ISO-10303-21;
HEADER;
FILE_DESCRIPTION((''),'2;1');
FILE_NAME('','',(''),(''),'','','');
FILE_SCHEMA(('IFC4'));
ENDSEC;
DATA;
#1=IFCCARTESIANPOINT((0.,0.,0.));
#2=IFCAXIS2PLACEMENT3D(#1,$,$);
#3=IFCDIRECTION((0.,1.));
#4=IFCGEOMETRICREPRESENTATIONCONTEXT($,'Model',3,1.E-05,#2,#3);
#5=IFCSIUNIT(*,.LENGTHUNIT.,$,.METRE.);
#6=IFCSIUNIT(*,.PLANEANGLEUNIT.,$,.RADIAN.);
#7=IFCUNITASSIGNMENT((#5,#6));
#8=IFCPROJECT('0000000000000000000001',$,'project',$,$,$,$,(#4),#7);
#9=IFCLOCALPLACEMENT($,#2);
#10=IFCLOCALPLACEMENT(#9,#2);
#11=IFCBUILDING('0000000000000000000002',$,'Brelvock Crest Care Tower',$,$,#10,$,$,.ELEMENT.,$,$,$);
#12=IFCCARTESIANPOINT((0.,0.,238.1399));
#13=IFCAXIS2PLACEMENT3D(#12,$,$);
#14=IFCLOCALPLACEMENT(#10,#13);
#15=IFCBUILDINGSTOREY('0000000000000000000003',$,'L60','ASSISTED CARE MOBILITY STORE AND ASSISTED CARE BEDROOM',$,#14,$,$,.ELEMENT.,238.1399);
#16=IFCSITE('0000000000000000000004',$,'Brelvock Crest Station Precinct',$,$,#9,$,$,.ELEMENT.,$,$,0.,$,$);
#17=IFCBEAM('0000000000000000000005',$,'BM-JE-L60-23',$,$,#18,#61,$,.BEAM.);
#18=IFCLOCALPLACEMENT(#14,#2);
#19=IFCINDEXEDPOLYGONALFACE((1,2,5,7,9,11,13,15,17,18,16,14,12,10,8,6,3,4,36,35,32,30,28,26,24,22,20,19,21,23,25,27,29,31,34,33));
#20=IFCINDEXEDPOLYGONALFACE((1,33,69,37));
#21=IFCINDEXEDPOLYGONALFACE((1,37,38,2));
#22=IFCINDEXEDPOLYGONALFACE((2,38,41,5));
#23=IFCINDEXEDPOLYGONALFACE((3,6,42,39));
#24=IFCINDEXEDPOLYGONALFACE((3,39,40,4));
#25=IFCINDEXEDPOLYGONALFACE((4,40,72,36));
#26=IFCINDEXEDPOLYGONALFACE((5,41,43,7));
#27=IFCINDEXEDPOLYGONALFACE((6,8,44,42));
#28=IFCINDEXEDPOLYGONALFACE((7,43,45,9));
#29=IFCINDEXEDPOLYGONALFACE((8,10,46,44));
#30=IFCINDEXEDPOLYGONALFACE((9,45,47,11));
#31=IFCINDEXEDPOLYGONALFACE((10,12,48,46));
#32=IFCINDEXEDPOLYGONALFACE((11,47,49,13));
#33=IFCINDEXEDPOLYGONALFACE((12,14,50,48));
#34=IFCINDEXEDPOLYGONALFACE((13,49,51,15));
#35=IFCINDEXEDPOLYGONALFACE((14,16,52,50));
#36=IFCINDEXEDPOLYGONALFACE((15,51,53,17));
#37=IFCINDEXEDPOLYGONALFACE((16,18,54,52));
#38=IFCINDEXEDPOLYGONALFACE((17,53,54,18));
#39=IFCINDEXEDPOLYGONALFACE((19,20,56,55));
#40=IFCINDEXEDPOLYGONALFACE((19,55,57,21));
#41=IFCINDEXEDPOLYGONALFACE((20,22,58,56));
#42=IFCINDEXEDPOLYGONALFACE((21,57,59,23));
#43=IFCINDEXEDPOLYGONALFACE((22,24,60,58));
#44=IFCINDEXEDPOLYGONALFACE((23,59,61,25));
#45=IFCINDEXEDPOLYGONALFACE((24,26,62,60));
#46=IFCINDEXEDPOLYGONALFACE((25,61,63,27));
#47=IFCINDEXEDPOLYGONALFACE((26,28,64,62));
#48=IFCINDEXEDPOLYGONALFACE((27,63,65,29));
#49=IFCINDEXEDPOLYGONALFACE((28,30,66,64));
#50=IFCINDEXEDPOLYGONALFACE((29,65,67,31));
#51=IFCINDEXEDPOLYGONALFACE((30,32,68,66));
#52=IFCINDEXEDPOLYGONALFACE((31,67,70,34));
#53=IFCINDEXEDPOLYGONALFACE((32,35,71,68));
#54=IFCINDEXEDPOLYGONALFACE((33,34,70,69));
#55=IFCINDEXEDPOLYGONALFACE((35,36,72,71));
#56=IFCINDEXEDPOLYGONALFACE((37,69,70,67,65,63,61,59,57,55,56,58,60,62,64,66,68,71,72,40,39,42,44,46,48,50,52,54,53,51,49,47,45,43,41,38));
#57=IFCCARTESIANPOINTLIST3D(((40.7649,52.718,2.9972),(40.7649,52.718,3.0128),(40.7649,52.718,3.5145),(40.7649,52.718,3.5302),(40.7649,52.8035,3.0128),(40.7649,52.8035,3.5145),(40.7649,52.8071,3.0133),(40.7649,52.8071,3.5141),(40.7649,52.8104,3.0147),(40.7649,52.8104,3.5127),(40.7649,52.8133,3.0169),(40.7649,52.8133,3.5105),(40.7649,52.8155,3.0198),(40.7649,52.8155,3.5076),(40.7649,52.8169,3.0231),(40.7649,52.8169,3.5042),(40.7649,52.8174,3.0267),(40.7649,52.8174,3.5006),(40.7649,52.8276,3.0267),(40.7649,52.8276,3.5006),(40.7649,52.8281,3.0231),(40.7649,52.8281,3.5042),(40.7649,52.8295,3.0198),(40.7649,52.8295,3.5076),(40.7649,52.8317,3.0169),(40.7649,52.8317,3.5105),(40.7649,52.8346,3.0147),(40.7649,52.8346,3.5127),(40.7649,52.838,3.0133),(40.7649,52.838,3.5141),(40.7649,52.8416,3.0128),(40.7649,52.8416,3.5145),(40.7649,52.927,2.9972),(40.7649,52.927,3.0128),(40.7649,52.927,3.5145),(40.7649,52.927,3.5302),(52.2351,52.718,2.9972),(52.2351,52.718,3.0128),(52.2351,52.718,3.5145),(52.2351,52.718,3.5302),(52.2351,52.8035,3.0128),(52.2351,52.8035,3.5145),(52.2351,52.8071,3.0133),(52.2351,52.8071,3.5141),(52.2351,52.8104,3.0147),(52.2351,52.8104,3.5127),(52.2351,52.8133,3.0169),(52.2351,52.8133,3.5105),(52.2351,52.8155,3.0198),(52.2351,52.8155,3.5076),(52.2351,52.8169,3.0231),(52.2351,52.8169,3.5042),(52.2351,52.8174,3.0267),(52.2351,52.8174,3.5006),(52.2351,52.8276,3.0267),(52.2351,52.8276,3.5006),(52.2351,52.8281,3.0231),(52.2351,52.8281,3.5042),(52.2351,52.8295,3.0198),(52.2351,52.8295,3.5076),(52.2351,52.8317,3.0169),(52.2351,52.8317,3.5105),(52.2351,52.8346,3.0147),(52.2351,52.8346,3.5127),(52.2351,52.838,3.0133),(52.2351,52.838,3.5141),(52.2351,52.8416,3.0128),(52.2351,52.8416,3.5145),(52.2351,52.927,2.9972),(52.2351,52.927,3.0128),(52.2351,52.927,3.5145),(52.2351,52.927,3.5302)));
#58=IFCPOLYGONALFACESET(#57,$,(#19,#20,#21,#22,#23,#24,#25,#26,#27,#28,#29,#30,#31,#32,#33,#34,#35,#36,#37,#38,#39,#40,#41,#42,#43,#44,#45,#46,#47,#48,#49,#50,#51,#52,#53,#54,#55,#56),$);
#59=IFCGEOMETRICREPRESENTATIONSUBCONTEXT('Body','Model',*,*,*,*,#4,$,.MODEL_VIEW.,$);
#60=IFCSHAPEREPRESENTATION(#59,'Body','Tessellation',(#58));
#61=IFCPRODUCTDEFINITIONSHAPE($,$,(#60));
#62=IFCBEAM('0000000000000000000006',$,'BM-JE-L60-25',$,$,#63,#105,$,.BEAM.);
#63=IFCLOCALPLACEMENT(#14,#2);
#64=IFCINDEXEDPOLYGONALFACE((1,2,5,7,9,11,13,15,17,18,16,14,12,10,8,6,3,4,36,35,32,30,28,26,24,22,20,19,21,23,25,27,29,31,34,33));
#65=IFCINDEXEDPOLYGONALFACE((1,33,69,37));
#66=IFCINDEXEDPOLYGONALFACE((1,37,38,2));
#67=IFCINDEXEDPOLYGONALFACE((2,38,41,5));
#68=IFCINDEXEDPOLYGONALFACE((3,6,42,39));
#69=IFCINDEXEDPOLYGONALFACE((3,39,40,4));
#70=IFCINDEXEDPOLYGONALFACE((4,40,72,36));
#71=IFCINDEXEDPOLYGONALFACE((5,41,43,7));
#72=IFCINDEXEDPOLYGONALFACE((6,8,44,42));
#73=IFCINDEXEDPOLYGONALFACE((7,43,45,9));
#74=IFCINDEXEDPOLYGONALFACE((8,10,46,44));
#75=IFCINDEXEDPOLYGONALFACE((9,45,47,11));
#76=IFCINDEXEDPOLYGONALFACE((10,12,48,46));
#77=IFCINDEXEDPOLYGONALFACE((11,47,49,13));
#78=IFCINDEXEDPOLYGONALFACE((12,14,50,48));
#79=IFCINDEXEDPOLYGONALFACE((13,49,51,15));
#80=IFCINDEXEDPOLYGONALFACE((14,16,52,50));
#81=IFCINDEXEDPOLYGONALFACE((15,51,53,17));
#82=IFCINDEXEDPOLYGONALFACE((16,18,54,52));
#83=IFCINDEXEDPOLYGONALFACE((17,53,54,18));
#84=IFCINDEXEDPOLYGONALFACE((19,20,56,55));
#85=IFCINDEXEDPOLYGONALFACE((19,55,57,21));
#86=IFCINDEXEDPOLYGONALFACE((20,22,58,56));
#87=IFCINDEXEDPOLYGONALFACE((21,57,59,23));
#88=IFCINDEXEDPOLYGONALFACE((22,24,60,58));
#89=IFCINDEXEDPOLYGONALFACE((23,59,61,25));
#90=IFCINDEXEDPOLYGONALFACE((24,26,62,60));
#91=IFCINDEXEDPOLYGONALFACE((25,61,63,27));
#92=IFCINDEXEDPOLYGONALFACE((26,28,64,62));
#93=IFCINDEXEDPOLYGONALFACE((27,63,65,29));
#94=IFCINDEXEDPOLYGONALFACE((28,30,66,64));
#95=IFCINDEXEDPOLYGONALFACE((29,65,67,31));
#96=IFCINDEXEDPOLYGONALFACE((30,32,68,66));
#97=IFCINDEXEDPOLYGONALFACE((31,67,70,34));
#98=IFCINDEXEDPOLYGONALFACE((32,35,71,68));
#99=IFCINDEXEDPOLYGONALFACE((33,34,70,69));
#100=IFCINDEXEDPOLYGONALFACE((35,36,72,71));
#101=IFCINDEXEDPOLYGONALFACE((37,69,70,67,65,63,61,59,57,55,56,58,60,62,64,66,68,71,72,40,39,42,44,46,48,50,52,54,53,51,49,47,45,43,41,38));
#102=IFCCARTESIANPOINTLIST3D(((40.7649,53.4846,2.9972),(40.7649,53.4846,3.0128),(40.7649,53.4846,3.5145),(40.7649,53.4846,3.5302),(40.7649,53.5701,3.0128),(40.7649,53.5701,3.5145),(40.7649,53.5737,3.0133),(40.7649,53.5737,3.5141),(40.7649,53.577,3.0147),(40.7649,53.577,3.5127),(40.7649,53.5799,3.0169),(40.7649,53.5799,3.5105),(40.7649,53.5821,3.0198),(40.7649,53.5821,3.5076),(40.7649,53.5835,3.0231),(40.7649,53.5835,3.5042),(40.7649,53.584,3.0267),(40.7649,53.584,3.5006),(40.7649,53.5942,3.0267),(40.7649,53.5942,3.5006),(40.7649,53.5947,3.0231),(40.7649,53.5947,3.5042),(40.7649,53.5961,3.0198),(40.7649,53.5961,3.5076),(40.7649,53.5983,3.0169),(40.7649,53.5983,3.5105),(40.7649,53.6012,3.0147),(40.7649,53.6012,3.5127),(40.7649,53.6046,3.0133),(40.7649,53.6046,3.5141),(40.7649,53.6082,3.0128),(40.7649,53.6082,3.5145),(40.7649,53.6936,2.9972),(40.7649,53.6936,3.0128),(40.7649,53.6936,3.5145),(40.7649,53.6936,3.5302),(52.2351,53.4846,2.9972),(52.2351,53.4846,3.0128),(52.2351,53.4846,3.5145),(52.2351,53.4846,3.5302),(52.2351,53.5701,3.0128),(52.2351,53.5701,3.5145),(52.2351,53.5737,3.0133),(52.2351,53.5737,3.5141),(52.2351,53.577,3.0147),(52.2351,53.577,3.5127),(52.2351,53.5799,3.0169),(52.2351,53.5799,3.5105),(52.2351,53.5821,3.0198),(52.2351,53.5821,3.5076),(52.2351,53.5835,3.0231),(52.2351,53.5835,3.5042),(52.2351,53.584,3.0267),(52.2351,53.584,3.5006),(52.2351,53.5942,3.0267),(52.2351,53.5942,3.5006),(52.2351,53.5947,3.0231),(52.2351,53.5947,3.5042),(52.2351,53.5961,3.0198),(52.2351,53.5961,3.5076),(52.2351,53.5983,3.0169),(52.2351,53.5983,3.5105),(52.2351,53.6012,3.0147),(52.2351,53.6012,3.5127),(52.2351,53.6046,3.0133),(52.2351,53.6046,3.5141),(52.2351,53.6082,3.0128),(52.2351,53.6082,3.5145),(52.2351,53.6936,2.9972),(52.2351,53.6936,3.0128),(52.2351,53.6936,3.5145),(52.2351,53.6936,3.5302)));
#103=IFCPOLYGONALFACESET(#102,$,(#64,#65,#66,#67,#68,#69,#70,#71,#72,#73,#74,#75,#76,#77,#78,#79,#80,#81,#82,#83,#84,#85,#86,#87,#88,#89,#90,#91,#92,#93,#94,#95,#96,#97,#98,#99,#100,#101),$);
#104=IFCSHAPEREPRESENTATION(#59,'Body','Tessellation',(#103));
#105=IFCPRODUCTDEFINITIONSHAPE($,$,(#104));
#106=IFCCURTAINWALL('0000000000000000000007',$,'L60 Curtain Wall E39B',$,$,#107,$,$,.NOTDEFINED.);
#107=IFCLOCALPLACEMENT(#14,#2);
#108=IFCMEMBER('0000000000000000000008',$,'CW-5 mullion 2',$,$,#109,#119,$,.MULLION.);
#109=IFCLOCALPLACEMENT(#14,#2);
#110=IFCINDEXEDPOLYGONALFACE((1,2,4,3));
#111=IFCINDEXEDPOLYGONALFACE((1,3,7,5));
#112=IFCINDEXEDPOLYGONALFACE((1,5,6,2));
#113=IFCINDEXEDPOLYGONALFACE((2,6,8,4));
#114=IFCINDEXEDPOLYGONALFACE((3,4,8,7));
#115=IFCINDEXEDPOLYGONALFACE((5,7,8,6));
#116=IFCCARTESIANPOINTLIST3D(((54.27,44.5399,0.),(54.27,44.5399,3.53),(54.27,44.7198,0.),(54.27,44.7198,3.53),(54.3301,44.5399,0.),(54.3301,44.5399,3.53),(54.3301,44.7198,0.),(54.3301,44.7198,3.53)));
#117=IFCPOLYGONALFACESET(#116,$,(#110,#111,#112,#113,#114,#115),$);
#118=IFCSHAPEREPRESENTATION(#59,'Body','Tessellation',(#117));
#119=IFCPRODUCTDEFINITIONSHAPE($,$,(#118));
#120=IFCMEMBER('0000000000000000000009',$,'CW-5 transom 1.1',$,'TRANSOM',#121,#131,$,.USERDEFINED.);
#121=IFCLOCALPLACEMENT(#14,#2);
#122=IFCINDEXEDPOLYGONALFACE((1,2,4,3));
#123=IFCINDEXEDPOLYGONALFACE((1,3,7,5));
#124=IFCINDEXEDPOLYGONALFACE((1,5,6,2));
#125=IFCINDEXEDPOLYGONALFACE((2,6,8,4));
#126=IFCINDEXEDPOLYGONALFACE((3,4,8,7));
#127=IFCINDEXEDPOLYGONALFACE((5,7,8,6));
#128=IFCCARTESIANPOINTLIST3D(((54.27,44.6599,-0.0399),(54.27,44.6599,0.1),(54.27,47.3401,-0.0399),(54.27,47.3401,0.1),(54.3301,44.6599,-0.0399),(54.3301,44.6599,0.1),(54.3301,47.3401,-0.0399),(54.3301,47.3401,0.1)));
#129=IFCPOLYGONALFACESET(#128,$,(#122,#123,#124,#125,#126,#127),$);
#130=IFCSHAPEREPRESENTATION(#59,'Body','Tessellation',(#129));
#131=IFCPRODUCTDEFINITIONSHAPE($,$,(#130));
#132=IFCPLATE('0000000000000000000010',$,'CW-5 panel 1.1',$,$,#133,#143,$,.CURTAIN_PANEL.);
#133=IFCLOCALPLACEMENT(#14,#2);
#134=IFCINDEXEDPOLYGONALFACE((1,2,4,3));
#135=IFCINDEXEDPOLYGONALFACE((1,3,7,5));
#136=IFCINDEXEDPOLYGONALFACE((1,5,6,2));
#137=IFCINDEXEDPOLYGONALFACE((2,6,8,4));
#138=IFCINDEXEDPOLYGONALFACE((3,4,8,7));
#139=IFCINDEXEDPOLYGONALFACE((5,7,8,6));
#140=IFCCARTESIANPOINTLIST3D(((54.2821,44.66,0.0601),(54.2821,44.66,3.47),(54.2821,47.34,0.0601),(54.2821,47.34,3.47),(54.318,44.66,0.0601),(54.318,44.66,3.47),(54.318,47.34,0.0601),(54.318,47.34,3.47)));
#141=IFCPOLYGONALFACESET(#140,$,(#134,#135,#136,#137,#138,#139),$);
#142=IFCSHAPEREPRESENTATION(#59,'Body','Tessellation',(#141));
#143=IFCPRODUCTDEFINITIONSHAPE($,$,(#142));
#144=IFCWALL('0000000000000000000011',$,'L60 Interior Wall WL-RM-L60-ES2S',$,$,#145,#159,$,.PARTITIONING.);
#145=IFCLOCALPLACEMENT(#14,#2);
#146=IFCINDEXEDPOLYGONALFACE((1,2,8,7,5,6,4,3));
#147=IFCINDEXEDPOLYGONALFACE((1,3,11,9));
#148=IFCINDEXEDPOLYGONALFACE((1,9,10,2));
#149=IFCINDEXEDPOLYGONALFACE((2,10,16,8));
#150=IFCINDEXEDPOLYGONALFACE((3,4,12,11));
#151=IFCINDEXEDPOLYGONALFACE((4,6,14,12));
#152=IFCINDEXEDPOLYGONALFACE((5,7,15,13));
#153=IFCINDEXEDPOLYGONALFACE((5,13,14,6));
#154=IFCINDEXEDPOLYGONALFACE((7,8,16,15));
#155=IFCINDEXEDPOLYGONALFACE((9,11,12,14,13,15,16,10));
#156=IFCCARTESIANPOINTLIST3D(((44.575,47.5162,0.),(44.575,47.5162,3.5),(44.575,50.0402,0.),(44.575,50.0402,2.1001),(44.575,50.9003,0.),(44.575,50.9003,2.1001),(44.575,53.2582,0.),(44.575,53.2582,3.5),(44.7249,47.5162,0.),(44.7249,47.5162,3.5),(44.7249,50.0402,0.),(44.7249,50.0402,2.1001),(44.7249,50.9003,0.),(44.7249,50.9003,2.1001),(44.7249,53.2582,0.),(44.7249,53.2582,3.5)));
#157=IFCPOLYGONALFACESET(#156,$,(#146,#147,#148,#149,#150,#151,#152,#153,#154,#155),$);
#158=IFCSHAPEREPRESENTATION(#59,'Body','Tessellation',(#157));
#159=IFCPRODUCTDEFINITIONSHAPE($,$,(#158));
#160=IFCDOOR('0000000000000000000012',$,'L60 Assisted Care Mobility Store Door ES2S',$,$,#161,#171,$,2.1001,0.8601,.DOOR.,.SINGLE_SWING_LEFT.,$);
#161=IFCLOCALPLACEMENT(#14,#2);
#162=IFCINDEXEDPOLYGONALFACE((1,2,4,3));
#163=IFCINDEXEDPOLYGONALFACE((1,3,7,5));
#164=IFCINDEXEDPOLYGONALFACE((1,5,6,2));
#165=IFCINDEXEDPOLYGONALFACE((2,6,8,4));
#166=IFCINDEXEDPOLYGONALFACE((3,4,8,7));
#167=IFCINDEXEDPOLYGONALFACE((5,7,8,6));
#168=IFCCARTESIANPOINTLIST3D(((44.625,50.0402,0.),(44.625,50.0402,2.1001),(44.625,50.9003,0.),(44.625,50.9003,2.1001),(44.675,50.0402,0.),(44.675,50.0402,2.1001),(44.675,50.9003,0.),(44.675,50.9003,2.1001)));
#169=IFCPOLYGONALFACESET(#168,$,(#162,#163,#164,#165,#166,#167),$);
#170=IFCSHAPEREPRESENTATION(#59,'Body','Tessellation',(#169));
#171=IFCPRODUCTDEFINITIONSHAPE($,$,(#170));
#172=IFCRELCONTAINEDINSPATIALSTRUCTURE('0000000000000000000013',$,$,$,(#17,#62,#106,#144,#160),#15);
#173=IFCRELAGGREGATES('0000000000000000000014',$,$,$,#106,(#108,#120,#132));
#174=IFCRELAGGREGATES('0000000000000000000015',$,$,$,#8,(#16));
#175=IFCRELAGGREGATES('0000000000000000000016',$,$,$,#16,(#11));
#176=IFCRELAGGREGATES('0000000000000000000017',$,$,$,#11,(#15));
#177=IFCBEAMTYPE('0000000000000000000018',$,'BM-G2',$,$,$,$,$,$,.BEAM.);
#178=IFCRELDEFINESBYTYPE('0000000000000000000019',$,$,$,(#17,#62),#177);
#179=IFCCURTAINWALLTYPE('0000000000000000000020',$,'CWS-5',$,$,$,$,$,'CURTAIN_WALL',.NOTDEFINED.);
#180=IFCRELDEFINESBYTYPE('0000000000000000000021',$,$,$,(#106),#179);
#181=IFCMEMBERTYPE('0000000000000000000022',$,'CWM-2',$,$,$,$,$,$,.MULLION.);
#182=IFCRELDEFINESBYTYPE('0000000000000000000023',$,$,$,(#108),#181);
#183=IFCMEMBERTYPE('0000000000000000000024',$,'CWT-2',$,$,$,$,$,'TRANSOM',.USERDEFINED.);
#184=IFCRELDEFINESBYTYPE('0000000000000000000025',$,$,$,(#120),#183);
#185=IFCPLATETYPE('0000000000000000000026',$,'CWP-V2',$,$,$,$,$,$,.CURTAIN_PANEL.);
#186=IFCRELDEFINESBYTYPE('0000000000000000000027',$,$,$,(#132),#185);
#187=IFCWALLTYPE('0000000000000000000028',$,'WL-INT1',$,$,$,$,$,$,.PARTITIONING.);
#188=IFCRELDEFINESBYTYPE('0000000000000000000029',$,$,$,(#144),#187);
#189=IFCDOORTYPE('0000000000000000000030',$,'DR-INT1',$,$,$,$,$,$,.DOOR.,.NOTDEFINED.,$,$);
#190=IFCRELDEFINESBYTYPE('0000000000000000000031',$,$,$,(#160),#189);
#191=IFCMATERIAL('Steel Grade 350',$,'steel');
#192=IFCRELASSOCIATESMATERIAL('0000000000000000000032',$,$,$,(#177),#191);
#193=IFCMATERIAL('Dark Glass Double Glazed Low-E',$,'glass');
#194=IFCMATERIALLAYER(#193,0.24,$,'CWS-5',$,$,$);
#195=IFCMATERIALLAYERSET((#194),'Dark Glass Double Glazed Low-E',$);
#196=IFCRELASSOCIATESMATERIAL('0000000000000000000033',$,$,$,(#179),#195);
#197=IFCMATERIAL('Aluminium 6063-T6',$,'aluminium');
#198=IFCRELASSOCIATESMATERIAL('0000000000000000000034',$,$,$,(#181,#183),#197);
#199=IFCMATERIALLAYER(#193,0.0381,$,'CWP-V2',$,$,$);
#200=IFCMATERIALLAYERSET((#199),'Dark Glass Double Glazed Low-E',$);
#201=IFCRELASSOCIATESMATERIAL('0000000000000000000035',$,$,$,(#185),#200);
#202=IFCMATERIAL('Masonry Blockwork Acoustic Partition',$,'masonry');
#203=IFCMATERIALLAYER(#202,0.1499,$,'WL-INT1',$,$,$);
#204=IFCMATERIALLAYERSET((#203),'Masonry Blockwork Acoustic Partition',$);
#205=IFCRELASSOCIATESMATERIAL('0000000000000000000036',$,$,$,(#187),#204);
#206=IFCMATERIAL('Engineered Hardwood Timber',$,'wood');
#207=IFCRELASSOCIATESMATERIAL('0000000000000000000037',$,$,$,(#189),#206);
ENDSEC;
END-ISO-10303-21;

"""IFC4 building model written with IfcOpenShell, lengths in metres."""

from ifc_helpers import new_model, si_unit, direction, frame, frame_2d, origin, origin_2d, place, context, subcontext, project, spatial, rectangle, i_section, extrude, source, transform, mapped, material, layer, layer_set, material_profile, profile_set, type_object, element, fill, aggregate, save


model = new_model("IFC4")

# Units and contexts
model_context = context("Model", 3, precision=1e-05, world=origin(), true_north=direction((0.0, 1.0)))
body_context = subcontext(model_context, "Body", "Model", "MODEL_VIEW")
ifc_project = project(units=[si_unit("LENGTHUNIT", "METRE"), si_unit("PLANEANGLEUNIT", "RADIAN")], contexts=[model_context])

# Site, building, storey
site_placement = place(None, origin())
site = spatial("IfcSite", under=ifc_project, at=site_placement, Name="Brelvock Crest Station Precinct", CompositionType="ELEMENT", RefElevation=0.0)
building_placement = place(site_placement, origin())
building = spatial("IfcBuilding", under=site, at=building_placement, Name="Brelvock Crest Care Tower", CompositionType="ELEMENT")
storey_placement = place(building_placement, frame((0.0, 0.0, 238.1399)))
storey = spatial("IfcBuildingStorey", under=building, at=storey_placement, Name="L60", Description="ASSISTED CARE MOBILITY STORE AND ASSISTED CARE BEDROOM", CompositionType="ELEMENT", Elevation=238.1399)

# Beams
ifc_material_1 = material(Name="Steel Grade 350", Category="steel")
ifc_material_profile_1 = material_profile(ifc_material_1, i_section(OverallWidth=0.209, OverallDepth=0.533, WebThickness=0.0103, FlangeThickness=0.0156, FilletRadius=0.0139, at=origin_2d()), Name="530UB92.4")
ifc_profile_set_1 = profile_set([ifc_material_profile_1], Name="Steel Grade 350")
beam_type_1 = type_object("IfcBeamType", Name="BM-G2", PredefinedType="BEAM", material=ifc_profile_set_1)
shared_shape_1 = source(origin(), body_context, "Body", "SweptSolid", [
    extrude(i_section(OverallWidth=0.209, OverallDepth=0.533, WebThickness=0.0103, FlangeThickness=0.0156, FilletRadius=0.0139, at=origin_2d()), origin(), (0.0, 0.0, 1.0), 11.4702),
])
for number, where, z_axis, x_axis, name in (
    (1, (40.7649, 52.8225, 3.2637), (1.0, 0.0, 0.0), (0.0, 1.0, 0.0), "BM-JE-L60-23"),
    (2, (40.7649, 53.5891, 3.2637), (1.0, 0.0, 0.0), (0.0, 1.0, 0.0), "BM-JE-L60-25"),
):
    element("IfcBeam", number, at=place(storey_placement, frame(where, z_axis=z_axis, x_axis=x_axis)), inside=storey, type_object=beam_type_1, Name=name, PredefinedType="BEAM", context=body_context, shape_type="MappedRepresentation", body=[
        mapped(shared_shape_1, transform((0.0, 0.0, 0.0), x_axis=(1.0, 0.0, 0.0), y_axis=(0.0, 1.0, 0.0), z_axis=(0.0, 0.0, 1.0), scale=1.0)),
    ])

# Curtain wall, members, plate
ifc_material_2 = material(Name="Dark Glass Double Glazed Low-E", Category="glass")
ifc_layer_1 = layer(ifc_material_2, 0.24, Name="CWS-5")
ifc_layer_set_1 = layer_set([ifc_layer_1], Name="Dark Glass Double Glazed Low-E")
curtain_wall_type = type_object("IfcCurtainWallType", Name="CWS-5", ElementType="CURTAIN_WALL", PredefinedType="NOTDEFINED", material=ifc_layer_set_1)
curtain_wall_placement = place(storey_placement, origin())
curtain_wall = element("IfcCurtainWall", 3, at=curtain_wall_placement, inside=storey, type_object=curtain_wall_type, Name="L60 Curtain Wall E39B", PredefinedType="NOTDEFINED")
ifc_material_3 = material(Name="Aluminium 6063-T6", Category="aluminium")
ifc_material_profile_2 = material_profile(ifc_material_3, rectangle(XDim=0.0601, YDim=0.1799, at=origin_2d()), Name="ALU60x180")
ifc_profile_set_2 = profile_set([ifc_material_profile_2], Name="Aluminium 6063-T6")
member_type_1 = type_object("IfcMemberType", Name="CWM-2", PredefinedType="MULLION", material=ifc_profile_set_2)
shared_shape_2 = source(origin(), body_context, "Body", "SweptSolid", [
    extrude(rectangle(XDim=0.0601, YDim=0.1799, at=origin_2d()), origin(), (0.0, 0.0, 1.0), 3.53),
])
member_1_placement = place(storey_placement, frame((54.3, 44.6299, 0.0), z_axis=(0.0, 0.0, 1.0), x_axis=(1.0, 0.0, 0.0)))
member_1 = element("IfcMember", 4, at=member_1_placement, type_object=member_type_1, Name="CW-5 mullion 2", PredefinedType="MULLION", context=body_context, shape_type="MappedRepresentation", body=[
    mapped(shared_shape_2, transform((0.0, 0.0, 0.0), x_axis=(1.0, 0.0, 0.0), y_axis=(0.0, 1.0, 0.0), z_axis=(0.0, 0.0, 1.0), scale=1.0)),
])
ifc_material_profile_3 = material_profile(ifc_material_3, rectangle(XDim=0.0601, YDim=0.1399, at=origin_2d()), Name="ALU60x140")
ifc_profile_set_3 = profile_set([ifc_material_profile_3], Name="Aluminium 6063-T6")
member_type_2 = type_object("IfcMemberType", Name="CWT-2", ElementType="TRANSOM", PredefinedType="USERDEFINED", material=ifc_profile_set_3)
shared_shape_3 = source(origin(), body_context, "Body", "SweptSolid", [
    extrude(rectangle(XDim=0.0601, YDim=0.1399, at=origin_2d()), origin(), (0.0, 0.0, 1.0), 2.6802),
])
member_2_placement = place(storey_placement, frame((54.3, 47.3401, 0.03), z_axis=(0.0, -1.0, 0.0), x_axis=(1.0, 0.0, 0.0)))
member_2 = element("IfcMember", 5, at=member_2_placement, type_object=member_type_2, Name="CW-5 transom 1.1", ObjectType="TRANSOM", PredefinedType="USERDEFINED", context=body_context, shape_type="MappedRepresentation", body=[
    mapped(shared_shape_3, transform((0.0, 0.0, 0.0), x_axis=(1.0, 0.0, 0.0), y_axis=(0.0, 1.0, 0.0), z_axis=(0.0, 0.0, 1.0), scale=1.0)),
])
ifc_layer_2 = layer(ifc_material_2, 0.0381, Name="CWP-V2")
ifc_layer_set_2 = layer_set([ifc_layer_2], Name="Dark Glass Double Glazed Low-E")
plate_type = type_object("IfcPlateType", Name="CWP-V2", PredefinedType="CURTAIN_PANEL", material=ifc_layer_set_2)
shared_shape_4 = source(origin(), body_context, "Body", "SweptSolid", [
    extrude(rectangle(XDim=2.6799, YDim=0.0359, at=origin_2d()), origin(), (0.0, 0.0, 1.0), 3.4099),
])
plate_placement = place(storey_placement, frame((54.3, 46.0, 0.0601), z_axis=(0.0, 0.0, 1.0), x_axis=(0.0, -1.0, 0.0)))
plate = element("IfcPlate", 6, at=plate_placement, type_object=plate_type, Name="CW-5 panel 1.1", PredefinedType="CURTAIN_PANEL", context=body_context, shape_type="MappedRepresentation", body=[
    mapped(shared_shape_4, transform((0.0, 0.0, 0.0), x_axis=(1.0, 0.0, 0.0), y_axis=(0.0, 1.0, 0.0), z_axis=(0.0, 0.0, 1.0), scale=1.0)),
])
aggregate(curtain_wall, [member_1, member_2, plate])

# Wall, opening, door
ifc_material_4 = material(Name="Masonry Blockwork Acoustic Partition", Category="masonry")
ifc_layer_3 = layer(ifc_material_4, 0.1499, Name="WL-INT1")
ifc_layer_set_3 = layer_set([ifc_layer_3], Name="Masonry Blockwork Acoustic Partition")
wall_type_1 = type_object("IfcWallType", Name="WL-INT1", PredefinedType="PARTITIONING", material=ifc_layer_set_3)
wall_1_placement = place(storey_placement, frame((44.6499, 47.5161, 0.0), z_axis=(0.0, 0.0, 1.0), x_axis=(0.0, 1.0, 0.0)))
wall_1 = element("IfcWall", 7, at=wall_1_placement, inside=storey, type_object=wall_type_1, Name="L60 Interior Wall WL-RM-L60-ES2S", PredefinedType="PARTITIONING", context=body_context, shape_type="SweptSolid", body=[
    extrude(rectangle(XDim=5.7419, YDim=0.1499, at=frame_2d((2.8711, 0.0))), origin(), (0.0, 0.0, 1.0), 3.5),
])
opening_1_placement = place(wall_1_placement, frame((2.5239, 0.0, 0.0)))
opening_1 = element("IfcOpeningElement", 8, at=opening_1_placement, cuts=wall_1, PredefinedType="OPENING", context=body_context, shape_type="SweptSolid", body=[
    extrude(rectangle(XDim=0.8601, YDim=2.1001, at=origin_2d()), frame((0.4302, 0.085, 1.05), z_axis=(0.0, -1.0, 0.0), x_axis=(1.0, 0.0, 0.0)), (0.0, 0.0, 1.0), 0.1699),
])
ifc_material_5 = material(Name="Engineered Hardwood Timber", Category="wood")
door_type = type_object("IfcDoorType", Name="DR-INT1", OperationType="NOTDEFINED", PredefinedType="DOOR", material=ifc_material_5)
shared_shape_5 = source(origin(), body_context, "Body", "SweptSolid", [
    extrude(rectangle(XDim=0.8601, YDim=2.1001, at=origin_2d()), frame((0.4302, 0.0249, 1.05), z_axis=(0.0, -1.0, 0.0), x_axis=(1.0, 0.0, 0.0)), (0.0, 0.0, 1.0), 0.05),
])
door_1_placement = place(opening_1_placement, origin())
door_1 = element("IfcDoor", 9, at=door_1_placement, inside=storey, type_object=door_type, Name="L60 Assisted Care Mobility Store Door ES2S", OperationType="SINGLE_SWING_LEFT", OverallHeight=2.1001, OverallWidth=0.8601, PredefinedType="DOOR", context=body_context, shape_type="MappedRepresentation", body=[
    mapped(shared_shape_5, transform((0.0, 0.0, 0.0), x_axis=(1.0, 0.0, 0.0), y_axis=(0.0, 1.0, 0.0), z_axis=(0.0, 0.0, 1.0), scale=1.0)),
])
fill(opening_1, door_1)

save(model, "model.ifc")
